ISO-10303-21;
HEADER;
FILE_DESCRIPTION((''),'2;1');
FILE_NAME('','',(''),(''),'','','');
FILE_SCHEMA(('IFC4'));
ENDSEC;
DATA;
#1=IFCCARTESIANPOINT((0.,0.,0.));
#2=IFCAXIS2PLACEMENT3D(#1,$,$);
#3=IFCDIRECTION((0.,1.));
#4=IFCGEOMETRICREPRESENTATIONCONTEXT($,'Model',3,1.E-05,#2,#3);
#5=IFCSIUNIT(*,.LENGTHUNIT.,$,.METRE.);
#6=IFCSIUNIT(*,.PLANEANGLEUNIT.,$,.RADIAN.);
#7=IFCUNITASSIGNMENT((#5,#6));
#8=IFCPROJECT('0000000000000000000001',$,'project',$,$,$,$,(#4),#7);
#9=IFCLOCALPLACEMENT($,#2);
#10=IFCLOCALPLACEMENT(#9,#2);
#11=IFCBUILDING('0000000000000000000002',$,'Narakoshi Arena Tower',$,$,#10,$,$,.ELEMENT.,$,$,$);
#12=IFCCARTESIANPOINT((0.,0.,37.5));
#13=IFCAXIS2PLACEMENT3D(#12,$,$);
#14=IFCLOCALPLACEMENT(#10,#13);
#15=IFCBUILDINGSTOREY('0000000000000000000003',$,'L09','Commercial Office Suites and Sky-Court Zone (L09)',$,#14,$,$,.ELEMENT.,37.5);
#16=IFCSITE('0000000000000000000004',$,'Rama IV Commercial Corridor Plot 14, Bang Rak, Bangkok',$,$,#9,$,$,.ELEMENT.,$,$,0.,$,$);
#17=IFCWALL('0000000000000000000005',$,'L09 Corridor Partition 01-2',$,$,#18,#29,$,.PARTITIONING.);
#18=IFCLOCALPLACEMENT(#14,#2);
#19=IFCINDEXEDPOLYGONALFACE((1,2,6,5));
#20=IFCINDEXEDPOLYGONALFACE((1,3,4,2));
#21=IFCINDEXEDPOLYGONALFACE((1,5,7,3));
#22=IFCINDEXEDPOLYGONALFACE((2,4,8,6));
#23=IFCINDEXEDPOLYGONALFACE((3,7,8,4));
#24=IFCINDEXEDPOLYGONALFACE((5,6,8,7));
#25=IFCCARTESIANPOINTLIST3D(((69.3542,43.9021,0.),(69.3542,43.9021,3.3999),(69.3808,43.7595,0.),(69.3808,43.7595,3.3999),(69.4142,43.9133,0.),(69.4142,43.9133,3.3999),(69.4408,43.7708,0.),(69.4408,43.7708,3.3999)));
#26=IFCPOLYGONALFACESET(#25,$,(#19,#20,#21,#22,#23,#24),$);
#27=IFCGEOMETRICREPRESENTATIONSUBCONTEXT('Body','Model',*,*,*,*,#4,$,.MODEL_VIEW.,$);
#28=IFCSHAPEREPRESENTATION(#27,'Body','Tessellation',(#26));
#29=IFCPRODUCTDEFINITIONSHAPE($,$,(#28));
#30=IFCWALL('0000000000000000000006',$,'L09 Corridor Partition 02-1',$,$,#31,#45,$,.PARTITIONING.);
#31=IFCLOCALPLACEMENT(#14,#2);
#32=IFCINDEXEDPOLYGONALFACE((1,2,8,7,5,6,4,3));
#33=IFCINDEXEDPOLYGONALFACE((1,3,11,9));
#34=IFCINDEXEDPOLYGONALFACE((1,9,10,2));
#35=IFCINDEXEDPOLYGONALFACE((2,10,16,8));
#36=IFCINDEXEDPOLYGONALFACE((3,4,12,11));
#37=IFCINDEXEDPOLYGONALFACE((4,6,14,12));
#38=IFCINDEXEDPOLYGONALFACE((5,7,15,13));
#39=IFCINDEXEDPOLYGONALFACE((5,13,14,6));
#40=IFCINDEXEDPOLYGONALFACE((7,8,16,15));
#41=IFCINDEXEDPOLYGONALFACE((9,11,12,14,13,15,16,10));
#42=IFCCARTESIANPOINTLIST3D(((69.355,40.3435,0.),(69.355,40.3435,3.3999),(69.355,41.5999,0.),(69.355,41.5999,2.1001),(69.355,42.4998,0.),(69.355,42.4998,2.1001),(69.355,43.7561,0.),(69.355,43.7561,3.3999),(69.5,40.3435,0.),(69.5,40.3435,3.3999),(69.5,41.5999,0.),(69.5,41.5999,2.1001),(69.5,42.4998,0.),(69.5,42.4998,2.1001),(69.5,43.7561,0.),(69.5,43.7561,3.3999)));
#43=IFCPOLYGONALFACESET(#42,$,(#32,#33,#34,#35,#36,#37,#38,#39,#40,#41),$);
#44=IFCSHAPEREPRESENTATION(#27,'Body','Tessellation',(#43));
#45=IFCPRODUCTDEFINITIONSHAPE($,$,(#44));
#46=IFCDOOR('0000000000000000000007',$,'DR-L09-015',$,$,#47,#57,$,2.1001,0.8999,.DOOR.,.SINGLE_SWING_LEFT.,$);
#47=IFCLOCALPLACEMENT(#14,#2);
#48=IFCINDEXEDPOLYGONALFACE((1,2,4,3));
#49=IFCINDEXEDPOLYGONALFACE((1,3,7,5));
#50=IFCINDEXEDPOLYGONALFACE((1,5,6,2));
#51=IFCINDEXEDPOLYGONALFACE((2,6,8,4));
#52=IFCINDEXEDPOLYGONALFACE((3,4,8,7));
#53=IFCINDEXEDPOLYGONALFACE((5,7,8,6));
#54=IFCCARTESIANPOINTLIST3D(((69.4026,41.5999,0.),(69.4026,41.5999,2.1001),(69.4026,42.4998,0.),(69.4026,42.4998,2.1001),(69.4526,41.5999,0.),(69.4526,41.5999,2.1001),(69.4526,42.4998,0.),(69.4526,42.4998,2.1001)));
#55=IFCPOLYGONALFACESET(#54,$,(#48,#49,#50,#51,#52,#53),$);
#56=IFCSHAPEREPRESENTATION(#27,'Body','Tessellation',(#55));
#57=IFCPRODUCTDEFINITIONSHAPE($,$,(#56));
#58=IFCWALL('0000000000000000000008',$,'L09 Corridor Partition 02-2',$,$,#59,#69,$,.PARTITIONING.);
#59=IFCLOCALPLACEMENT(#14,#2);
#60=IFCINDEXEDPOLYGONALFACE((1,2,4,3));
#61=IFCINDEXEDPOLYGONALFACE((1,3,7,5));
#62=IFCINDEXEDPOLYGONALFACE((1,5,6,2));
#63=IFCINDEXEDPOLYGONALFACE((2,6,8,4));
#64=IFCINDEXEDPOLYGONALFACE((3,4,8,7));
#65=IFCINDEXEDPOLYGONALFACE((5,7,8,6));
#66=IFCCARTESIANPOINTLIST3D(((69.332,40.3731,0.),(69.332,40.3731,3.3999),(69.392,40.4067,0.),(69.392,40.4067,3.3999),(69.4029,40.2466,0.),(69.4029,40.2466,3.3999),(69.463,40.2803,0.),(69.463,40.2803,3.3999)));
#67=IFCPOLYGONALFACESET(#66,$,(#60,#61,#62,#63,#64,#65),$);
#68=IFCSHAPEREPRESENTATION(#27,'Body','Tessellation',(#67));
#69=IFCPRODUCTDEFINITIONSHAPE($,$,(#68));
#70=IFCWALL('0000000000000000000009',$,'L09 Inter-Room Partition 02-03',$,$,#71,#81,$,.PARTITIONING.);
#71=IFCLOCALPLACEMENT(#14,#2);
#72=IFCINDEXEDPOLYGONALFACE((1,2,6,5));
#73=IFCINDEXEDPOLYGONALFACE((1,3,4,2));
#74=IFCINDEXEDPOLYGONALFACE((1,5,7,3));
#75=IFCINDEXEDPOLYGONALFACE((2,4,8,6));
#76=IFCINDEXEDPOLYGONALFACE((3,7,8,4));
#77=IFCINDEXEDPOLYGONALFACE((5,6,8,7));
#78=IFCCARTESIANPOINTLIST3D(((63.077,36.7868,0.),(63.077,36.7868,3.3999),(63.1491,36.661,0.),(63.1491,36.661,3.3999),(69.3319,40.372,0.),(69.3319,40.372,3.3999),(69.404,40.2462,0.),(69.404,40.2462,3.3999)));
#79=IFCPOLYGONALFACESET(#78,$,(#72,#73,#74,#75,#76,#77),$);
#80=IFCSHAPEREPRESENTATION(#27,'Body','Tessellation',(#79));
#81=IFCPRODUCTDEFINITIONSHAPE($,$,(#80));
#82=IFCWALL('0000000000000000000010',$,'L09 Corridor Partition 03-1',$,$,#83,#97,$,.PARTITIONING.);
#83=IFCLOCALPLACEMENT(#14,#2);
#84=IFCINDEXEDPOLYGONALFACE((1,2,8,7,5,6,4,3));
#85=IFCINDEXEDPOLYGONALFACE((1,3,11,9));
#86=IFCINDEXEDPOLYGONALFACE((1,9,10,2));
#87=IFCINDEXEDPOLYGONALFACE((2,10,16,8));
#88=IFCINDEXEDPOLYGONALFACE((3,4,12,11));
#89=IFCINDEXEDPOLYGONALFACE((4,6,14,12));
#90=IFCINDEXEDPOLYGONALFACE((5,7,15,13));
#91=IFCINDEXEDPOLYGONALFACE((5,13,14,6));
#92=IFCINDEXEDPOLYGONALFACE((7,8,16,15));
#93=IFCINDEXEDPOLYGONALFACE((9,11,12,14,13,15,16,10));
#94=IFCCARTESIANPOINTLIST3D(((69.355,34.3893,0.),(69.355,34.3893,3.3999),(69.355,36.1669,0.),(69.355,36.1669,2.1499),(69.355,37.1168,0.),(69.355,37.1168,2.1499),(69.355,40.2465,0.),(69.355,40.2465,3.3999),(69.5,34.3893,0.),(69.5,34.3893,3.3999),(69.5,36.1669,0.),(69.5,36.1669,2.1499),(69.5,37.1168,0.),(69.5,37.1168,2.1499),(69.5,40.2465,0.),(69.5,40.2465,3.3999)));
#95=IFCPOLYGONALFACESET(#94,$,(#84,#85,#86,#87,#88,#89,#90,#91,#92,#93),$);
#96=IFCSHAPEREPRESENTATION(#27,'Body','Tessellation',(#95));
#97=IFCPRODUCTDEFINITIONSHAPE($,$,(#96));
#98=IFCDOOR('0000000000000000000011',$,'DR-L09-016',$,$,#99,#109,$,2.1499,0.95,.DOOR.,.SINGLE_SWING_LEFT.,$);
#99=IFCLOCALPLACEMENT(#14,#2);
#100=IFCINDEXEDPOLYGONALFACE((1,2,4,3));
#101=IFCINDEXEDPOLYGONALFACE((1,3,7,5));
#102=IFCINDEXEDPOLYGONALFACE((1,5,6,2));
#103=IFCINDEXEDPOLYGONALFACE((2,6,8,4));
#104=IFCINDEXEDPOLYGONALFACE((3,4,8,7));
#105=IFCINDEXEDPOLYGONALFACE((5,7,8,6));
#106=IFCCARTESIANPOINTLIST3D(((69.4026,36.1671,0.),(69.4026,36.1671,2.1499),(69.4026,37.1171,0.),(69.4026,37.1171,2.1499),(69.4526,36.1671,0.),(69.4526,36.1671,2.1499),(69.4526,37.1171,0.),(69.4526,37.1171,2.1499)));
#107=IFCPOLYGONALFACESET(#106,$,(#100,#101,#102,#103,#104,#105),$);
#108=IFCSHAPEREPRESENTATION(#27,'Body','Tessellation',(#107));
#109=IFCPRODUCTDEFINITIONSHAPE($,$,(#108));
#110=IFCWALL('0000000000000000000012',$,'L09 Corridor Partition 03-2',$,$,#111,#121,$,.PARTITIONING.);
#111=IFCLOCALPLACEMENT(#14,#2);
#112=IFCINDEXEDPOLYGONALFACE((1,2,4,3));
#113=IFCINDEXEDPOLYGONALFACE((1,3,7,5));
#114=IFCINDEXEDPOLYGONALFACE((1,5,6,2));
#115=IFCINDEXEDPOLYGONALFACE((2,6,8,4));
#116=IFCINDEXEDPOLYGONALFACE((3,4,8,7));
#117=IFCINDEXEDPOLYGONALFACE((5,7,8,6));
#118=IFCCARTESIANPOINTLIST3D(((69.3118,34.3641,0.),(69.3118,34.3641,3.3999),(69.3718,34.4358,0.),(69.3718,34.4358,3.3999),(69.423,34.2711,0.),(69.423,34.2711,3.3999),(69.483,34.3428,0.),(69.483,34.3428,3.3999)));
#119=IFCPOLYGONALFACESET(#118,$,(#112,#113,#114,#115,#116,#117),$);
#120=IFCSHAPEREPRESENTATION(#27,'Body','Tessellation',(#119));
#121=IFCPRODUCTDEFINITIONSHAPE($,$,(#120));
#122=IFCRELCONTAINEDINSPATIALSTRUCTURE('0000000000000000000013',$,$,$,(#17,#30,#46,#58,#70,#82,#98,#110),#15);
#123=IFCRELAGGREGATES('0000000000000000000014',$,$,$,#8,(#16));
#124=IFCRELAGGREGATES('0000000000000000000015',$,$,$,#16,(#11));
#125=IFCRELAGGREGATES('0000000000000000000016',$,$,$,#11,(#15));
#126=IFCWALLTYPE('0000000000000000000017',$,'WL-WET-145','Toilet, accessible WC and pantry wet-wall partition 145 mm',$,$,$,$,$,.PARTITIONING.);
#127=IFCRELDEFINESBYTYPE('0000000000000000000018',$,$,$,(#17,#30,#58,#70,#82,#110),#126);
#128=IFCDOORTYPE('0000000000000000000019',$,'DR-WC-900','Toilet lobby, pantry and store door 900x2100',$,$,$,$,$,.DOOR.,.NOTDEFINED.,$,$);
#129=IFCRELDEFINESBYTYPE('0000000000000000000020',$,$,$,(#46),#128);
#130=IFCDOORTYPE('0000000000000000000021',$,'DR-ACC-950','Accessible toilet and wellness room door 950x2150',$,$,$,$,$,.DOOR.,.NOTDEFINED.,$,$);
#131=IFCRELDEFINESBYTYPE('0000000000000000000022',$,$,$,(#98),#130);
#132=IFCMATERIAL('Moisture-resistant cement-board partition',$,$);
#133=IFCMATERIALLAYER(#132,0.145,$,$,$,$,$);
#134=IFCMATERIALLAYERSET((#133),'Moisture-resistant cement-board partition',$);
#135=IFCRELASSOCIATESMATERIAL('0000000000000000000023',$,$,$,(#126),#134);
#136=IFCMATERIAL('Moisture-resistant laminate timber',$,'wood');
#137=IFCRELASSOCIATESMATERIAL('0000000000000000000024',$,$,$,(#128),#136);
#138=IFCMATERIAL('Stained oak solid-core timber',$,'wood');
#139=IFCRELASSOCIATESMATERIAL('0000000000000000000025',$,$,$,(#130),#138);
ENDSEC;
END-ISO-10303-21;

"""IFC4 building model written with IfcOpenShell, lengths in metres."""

from ifc_helpers import new_model, si_unit, direction, frame, frame_2d, origin, place, context, subcontext, project, spatial, rectangle, extrude, material, layer, layer_set, type_object, element, fill, save


model = new_model("IFC4")

# Units and contexts
model_context = context("Model", 3, precision=1e-05, world=origin(), true_north=direction((0.0, 1.0)))
body_context = subcontext(model_context, "Body", "Model", "MODEL_VIEW")
ifc_project = project(units=[si_unit("LENGTHUNIT", "METRE"), si_unit("PLANEANGLEUNIT", "RADIAN")], contexts=[model_context])

# Site, building, storey
site_placement = place(None, origin())
site = spatial("IfcSite", under=ifc_project, at=site_placement, Name="Rama IV Commercial Corridor Plot 14, Bang Rak, Bangkok", CompositionType="ELEMENT", RefElevation=0.0)
building_placement = place(site_placement, origin())
building = spatial("IfcBuilding", under=site, at=building_placement, Name="Narakoshi Arena Tower", CompositionType="ELEMENT")
storey_placement = place(building_placement, frame((0.0, 0.0, 37.5)))
storey = spatial("IfcBuildingStorey", under=building, at=storey_placement, Name="L09", Description="Commercial Office Suites and Sky-Court Zone (L09)", CompositionType="ELEMENT", Elevation=37.5)

# Shared definitions
ifc_material_1 = material(Name="Moisture-resistant cement-board partition")
ifc_layer_1 = layer(ifc_material_1, 0.145)
ifc_layer_set_1 = layer_set([ifc_layer_1], Name="Moisture-resistant cement-board partition")
wall_type_1 = type_object("IfcWallType", Name="WL-WET-145", Description="Toilet, accessible WC and pantry wet-wall partition 145 mm", PredefinedType="PARTITIONING", material=ifc_layer_set_1)
ifc_material_2 = material(Name="Moisture-resistant laminate timber", Category="wood")
door_type_1 = type_object("IfcDoorType", Name="DR-WC-900", Description="Toilet lobby, pantry and store door 900x2100", OperationType="NOTDEFINED", PredefinedType="DOOR", material=ifc_material_2)

# Wall
wall_1_placement = place(storey_placement, frame((69.4275, 43.842, 0.0), z_axis=(0.0, 0.0, 1.0), x_axis=(-0.982963, -0.183806, 0.0)))
element("IfcWall", 1, at=wall_1_placement, inside=storey, type_object=wall_type_1, Name="L09 Corridor Partition 01-2", PredefinedType="PARTITIONING", context=body_context, shape_type="SweptSolid", body=[
    extrude(rectangle(XDim=0.061, YDim=0.145, at=frame_2d((0.0305, 0.0))), origin(), (0.0, 0.0, 1.0), 3.3999),
])

# Wall, opening, door
wall_2_placement = place(storey_placement, frame((69.4275, 43.7561, 0.0), z_axis=(0.0, 0.0, 1.0), x_axis=(0.0, -1.0, 0.0)))
wall_2 = element("IfcWall", 2, at=wall_2_placement, inside=storey, type_object=wall_type_1, Name="L09 Corridor Partition 02-1", PredefinedType="PARTITIONING", context=body_context, shape_type="SweptSolid", body=[
    extrude(rectangle(XDim=3.4126, YDim=0.145, at=frame_2d((1.7063, 0.0))), origin(), (0.0, 0.0, 1.0), 3.3999),
])
opening_1_placement = place(wall_2_placement, frame((1.2563, 0.0, 0.0)))
opening_1 = element("IfcOpeningElement", 3, at=opening_1_placement, cuts=wall_2, PredefinedType="OPENING", context=body_context, shape_type="SweptSolid", body=[
    extrude(rectangle(XDim=0.8999, YDim=2.1001, at=frame_2d((0.45, 1.05))), frame((0.0, 0.0825, 0.0), z_axis=(0.0, -1.0, 0.0), x_axis=(1.0, 0.0, 0.0)), (0.0, 0.0, 1.0), 0.165),
])
door_1_placement = place(opening_1_placement, frame((0.8999, 0.0, 0.0), z_axis=(0.0, 0.0, 1.0), x_axis=(-1.0, 0.0, 0.0)))
door_1 = element("IfcDoor", 4, at=door_1_placement, inside=storey, type_object=door_type_1, Name="DR-L09-015", OperationType="SINGLE_SWING_LEFT", OverallHeight=2.1001, OverallWidth=0.8999, PredefinedType="DOOR", context=body_context, shape_type="SweptSolid", body=[
    extrude(rectangle(XDim=0.8999, YDim=2.1001, at=frame_2d((0.45, 1.05))), frame((0.0, 0.0249, 0.0), z_axis=(0.0, -1.0, 0.0), x_axis=(1.0, 0.0, 0.0)), (0.0, 0.0, 1.0), 0.05),
])
fill(opening_1, door_1)

# Walls
wall_3_placement = place(storey_placement, frame((69.4275, 40.3435, 0.0), z_axis=(0.0, 0.0, 1.0), x_axis=(-0.872143, -0.489251, 0.0)))
element("IfcWall", 5, at=wall_3_placement, inside=storey, type_object=wall_type_1, Name="L09 Corridor Partition 02-2", PredefinedType="PARTITIONING", context=body_context, shape_type="SweptSolid", body=[
    extrude(rectangle(XDim=0.0688, YDim=0.145, at=frame_2d((0.0344, 0.0))), origin(), (0.0, 0.0, 1.0), 3.3999),
])
wall_4_placement = place(storey_placement, frame((69.3679, 40.3091, 0.0), z_axis=(0.0, 0.0, 1.0), x_axis=(-0.867586, -0.497287, 0.0)))
element("IfcWall", 6, at=wall_4_placement, inside=storey, type_object=wall_type_1, Name="L09 Inter-Room Partition 02-03", PredefinedType="PARTITIONING", context=body_context, shape_type="SweptSolid", body=[
    extrude(rectangle(XDim=7.2095, YDim=0.145, at=frame_2d((3.6047, 0.0))), origin(), (0.0, 0.0, 1.0), 3.3999),
])

# Wall, opening, door
wall_5_placement = place(storey_placement, frame((69.4275, 40.2466, 0.0), z_axis=(0.0, 0.0, 1.0), x_axis=(0.0, -1.0, 0.0)))
wall_5 = element("IfcWall", 7, at=wall_5_placement, inside=storey, type_object=wall_type_1, Name="L09 Corridor Partition 03-1", PredefinedType="PARTITIONING", context=body_context, shape_type="SweptSolid", body=[
    extrude(rectangle(XDim=5.8572, YDim=0.145, at=frame_2d((2.9287, 0.0))), origin(), (0.0, 0.0, 1.0), 3.3999),
])
opening_2_placement = place(wall_5_placement, frame((3.1296, 0.0, 0.0)))
opening_2 = element("IfcOpeningElement", 8, at=opening_2_placement, cuts=wall_5, PredefinedType="OPENING", context=body_context, shape_type="SweptSolid", body=[
    extrude(rectangle(XDim=0.95, YDim=2.1499, at=frame_2d((0.4751, 1.075))), frame((0.0, 0.0825, 0.0), z_axis=(0.0, -1.0, 0.0), x_axis=(1.0, 0.0, 0.0)), (0.0, 0.0, 1.0), 0.165),
])
ifc_material_3 = material(Name="Stained oak solid-core timber", Category="wood")
door_type_2 = type_object("IfcDoorType", Name="DR-ACC-950", Description="Accessible toilet and wellness room door 950x2150", OperationType="NOTDEFINED", PredefinedType="DOOR", material=ifc_material_3)
door_2_placement = place(opening_2_placement, frame((0.95, 0.0, 0.0), z_axis=(0.0, 0.0, 1.0), x_axis=(-1.0, 0.0, 0.0)))
door_2 = element("IfcDoor", 9, at=door_2_placement, inside=storey, type_object=door_type_2, Name="DR-L09-016", OperationType="SINGLE_SWING_LEFT", OverallHeight=2.1499, OverallWidth=0.95, PredefinedType="DOOR", context=body_context, shape_type="SweptSolid", body=[
    extrude(rectangle(XDim=0.95, YDim=2.1499, at=frame_2d((0.4751, 1.075))), frame((0.0, 0.0249, 0.0), z_axis=(0.0, -1.0, 0.0), x_axis=(1.0, 0.0, 0.0)), (0.0, 0.0, 1.0), 0.05),
])
fill(opening_2, door_2)

# Wall
wall_6_placement = place(storey_placement, frame((69.4275, 34.3894, 0.0), z_axis=(0.0, 0.0, 1.0), x_axis=(-0.641723, -0.766937, 0.0)))
element("IfcWall", 10, at=wall_6_placement, inside=storey, type_object=wall_type_1, Name="L09 Corridor Partition 03-2", PredefinedType="PARTITIONING", context=body_context, shape_type="SweptSolid", body=[
    extrude(rectangle(XDim=0.0935, YDim=0.145, at=frame_2d((0.0469, 0.0))), origin(), (0.0, 0.0, 1.0), 3.3999),
])

save(model, "model.ifc")
